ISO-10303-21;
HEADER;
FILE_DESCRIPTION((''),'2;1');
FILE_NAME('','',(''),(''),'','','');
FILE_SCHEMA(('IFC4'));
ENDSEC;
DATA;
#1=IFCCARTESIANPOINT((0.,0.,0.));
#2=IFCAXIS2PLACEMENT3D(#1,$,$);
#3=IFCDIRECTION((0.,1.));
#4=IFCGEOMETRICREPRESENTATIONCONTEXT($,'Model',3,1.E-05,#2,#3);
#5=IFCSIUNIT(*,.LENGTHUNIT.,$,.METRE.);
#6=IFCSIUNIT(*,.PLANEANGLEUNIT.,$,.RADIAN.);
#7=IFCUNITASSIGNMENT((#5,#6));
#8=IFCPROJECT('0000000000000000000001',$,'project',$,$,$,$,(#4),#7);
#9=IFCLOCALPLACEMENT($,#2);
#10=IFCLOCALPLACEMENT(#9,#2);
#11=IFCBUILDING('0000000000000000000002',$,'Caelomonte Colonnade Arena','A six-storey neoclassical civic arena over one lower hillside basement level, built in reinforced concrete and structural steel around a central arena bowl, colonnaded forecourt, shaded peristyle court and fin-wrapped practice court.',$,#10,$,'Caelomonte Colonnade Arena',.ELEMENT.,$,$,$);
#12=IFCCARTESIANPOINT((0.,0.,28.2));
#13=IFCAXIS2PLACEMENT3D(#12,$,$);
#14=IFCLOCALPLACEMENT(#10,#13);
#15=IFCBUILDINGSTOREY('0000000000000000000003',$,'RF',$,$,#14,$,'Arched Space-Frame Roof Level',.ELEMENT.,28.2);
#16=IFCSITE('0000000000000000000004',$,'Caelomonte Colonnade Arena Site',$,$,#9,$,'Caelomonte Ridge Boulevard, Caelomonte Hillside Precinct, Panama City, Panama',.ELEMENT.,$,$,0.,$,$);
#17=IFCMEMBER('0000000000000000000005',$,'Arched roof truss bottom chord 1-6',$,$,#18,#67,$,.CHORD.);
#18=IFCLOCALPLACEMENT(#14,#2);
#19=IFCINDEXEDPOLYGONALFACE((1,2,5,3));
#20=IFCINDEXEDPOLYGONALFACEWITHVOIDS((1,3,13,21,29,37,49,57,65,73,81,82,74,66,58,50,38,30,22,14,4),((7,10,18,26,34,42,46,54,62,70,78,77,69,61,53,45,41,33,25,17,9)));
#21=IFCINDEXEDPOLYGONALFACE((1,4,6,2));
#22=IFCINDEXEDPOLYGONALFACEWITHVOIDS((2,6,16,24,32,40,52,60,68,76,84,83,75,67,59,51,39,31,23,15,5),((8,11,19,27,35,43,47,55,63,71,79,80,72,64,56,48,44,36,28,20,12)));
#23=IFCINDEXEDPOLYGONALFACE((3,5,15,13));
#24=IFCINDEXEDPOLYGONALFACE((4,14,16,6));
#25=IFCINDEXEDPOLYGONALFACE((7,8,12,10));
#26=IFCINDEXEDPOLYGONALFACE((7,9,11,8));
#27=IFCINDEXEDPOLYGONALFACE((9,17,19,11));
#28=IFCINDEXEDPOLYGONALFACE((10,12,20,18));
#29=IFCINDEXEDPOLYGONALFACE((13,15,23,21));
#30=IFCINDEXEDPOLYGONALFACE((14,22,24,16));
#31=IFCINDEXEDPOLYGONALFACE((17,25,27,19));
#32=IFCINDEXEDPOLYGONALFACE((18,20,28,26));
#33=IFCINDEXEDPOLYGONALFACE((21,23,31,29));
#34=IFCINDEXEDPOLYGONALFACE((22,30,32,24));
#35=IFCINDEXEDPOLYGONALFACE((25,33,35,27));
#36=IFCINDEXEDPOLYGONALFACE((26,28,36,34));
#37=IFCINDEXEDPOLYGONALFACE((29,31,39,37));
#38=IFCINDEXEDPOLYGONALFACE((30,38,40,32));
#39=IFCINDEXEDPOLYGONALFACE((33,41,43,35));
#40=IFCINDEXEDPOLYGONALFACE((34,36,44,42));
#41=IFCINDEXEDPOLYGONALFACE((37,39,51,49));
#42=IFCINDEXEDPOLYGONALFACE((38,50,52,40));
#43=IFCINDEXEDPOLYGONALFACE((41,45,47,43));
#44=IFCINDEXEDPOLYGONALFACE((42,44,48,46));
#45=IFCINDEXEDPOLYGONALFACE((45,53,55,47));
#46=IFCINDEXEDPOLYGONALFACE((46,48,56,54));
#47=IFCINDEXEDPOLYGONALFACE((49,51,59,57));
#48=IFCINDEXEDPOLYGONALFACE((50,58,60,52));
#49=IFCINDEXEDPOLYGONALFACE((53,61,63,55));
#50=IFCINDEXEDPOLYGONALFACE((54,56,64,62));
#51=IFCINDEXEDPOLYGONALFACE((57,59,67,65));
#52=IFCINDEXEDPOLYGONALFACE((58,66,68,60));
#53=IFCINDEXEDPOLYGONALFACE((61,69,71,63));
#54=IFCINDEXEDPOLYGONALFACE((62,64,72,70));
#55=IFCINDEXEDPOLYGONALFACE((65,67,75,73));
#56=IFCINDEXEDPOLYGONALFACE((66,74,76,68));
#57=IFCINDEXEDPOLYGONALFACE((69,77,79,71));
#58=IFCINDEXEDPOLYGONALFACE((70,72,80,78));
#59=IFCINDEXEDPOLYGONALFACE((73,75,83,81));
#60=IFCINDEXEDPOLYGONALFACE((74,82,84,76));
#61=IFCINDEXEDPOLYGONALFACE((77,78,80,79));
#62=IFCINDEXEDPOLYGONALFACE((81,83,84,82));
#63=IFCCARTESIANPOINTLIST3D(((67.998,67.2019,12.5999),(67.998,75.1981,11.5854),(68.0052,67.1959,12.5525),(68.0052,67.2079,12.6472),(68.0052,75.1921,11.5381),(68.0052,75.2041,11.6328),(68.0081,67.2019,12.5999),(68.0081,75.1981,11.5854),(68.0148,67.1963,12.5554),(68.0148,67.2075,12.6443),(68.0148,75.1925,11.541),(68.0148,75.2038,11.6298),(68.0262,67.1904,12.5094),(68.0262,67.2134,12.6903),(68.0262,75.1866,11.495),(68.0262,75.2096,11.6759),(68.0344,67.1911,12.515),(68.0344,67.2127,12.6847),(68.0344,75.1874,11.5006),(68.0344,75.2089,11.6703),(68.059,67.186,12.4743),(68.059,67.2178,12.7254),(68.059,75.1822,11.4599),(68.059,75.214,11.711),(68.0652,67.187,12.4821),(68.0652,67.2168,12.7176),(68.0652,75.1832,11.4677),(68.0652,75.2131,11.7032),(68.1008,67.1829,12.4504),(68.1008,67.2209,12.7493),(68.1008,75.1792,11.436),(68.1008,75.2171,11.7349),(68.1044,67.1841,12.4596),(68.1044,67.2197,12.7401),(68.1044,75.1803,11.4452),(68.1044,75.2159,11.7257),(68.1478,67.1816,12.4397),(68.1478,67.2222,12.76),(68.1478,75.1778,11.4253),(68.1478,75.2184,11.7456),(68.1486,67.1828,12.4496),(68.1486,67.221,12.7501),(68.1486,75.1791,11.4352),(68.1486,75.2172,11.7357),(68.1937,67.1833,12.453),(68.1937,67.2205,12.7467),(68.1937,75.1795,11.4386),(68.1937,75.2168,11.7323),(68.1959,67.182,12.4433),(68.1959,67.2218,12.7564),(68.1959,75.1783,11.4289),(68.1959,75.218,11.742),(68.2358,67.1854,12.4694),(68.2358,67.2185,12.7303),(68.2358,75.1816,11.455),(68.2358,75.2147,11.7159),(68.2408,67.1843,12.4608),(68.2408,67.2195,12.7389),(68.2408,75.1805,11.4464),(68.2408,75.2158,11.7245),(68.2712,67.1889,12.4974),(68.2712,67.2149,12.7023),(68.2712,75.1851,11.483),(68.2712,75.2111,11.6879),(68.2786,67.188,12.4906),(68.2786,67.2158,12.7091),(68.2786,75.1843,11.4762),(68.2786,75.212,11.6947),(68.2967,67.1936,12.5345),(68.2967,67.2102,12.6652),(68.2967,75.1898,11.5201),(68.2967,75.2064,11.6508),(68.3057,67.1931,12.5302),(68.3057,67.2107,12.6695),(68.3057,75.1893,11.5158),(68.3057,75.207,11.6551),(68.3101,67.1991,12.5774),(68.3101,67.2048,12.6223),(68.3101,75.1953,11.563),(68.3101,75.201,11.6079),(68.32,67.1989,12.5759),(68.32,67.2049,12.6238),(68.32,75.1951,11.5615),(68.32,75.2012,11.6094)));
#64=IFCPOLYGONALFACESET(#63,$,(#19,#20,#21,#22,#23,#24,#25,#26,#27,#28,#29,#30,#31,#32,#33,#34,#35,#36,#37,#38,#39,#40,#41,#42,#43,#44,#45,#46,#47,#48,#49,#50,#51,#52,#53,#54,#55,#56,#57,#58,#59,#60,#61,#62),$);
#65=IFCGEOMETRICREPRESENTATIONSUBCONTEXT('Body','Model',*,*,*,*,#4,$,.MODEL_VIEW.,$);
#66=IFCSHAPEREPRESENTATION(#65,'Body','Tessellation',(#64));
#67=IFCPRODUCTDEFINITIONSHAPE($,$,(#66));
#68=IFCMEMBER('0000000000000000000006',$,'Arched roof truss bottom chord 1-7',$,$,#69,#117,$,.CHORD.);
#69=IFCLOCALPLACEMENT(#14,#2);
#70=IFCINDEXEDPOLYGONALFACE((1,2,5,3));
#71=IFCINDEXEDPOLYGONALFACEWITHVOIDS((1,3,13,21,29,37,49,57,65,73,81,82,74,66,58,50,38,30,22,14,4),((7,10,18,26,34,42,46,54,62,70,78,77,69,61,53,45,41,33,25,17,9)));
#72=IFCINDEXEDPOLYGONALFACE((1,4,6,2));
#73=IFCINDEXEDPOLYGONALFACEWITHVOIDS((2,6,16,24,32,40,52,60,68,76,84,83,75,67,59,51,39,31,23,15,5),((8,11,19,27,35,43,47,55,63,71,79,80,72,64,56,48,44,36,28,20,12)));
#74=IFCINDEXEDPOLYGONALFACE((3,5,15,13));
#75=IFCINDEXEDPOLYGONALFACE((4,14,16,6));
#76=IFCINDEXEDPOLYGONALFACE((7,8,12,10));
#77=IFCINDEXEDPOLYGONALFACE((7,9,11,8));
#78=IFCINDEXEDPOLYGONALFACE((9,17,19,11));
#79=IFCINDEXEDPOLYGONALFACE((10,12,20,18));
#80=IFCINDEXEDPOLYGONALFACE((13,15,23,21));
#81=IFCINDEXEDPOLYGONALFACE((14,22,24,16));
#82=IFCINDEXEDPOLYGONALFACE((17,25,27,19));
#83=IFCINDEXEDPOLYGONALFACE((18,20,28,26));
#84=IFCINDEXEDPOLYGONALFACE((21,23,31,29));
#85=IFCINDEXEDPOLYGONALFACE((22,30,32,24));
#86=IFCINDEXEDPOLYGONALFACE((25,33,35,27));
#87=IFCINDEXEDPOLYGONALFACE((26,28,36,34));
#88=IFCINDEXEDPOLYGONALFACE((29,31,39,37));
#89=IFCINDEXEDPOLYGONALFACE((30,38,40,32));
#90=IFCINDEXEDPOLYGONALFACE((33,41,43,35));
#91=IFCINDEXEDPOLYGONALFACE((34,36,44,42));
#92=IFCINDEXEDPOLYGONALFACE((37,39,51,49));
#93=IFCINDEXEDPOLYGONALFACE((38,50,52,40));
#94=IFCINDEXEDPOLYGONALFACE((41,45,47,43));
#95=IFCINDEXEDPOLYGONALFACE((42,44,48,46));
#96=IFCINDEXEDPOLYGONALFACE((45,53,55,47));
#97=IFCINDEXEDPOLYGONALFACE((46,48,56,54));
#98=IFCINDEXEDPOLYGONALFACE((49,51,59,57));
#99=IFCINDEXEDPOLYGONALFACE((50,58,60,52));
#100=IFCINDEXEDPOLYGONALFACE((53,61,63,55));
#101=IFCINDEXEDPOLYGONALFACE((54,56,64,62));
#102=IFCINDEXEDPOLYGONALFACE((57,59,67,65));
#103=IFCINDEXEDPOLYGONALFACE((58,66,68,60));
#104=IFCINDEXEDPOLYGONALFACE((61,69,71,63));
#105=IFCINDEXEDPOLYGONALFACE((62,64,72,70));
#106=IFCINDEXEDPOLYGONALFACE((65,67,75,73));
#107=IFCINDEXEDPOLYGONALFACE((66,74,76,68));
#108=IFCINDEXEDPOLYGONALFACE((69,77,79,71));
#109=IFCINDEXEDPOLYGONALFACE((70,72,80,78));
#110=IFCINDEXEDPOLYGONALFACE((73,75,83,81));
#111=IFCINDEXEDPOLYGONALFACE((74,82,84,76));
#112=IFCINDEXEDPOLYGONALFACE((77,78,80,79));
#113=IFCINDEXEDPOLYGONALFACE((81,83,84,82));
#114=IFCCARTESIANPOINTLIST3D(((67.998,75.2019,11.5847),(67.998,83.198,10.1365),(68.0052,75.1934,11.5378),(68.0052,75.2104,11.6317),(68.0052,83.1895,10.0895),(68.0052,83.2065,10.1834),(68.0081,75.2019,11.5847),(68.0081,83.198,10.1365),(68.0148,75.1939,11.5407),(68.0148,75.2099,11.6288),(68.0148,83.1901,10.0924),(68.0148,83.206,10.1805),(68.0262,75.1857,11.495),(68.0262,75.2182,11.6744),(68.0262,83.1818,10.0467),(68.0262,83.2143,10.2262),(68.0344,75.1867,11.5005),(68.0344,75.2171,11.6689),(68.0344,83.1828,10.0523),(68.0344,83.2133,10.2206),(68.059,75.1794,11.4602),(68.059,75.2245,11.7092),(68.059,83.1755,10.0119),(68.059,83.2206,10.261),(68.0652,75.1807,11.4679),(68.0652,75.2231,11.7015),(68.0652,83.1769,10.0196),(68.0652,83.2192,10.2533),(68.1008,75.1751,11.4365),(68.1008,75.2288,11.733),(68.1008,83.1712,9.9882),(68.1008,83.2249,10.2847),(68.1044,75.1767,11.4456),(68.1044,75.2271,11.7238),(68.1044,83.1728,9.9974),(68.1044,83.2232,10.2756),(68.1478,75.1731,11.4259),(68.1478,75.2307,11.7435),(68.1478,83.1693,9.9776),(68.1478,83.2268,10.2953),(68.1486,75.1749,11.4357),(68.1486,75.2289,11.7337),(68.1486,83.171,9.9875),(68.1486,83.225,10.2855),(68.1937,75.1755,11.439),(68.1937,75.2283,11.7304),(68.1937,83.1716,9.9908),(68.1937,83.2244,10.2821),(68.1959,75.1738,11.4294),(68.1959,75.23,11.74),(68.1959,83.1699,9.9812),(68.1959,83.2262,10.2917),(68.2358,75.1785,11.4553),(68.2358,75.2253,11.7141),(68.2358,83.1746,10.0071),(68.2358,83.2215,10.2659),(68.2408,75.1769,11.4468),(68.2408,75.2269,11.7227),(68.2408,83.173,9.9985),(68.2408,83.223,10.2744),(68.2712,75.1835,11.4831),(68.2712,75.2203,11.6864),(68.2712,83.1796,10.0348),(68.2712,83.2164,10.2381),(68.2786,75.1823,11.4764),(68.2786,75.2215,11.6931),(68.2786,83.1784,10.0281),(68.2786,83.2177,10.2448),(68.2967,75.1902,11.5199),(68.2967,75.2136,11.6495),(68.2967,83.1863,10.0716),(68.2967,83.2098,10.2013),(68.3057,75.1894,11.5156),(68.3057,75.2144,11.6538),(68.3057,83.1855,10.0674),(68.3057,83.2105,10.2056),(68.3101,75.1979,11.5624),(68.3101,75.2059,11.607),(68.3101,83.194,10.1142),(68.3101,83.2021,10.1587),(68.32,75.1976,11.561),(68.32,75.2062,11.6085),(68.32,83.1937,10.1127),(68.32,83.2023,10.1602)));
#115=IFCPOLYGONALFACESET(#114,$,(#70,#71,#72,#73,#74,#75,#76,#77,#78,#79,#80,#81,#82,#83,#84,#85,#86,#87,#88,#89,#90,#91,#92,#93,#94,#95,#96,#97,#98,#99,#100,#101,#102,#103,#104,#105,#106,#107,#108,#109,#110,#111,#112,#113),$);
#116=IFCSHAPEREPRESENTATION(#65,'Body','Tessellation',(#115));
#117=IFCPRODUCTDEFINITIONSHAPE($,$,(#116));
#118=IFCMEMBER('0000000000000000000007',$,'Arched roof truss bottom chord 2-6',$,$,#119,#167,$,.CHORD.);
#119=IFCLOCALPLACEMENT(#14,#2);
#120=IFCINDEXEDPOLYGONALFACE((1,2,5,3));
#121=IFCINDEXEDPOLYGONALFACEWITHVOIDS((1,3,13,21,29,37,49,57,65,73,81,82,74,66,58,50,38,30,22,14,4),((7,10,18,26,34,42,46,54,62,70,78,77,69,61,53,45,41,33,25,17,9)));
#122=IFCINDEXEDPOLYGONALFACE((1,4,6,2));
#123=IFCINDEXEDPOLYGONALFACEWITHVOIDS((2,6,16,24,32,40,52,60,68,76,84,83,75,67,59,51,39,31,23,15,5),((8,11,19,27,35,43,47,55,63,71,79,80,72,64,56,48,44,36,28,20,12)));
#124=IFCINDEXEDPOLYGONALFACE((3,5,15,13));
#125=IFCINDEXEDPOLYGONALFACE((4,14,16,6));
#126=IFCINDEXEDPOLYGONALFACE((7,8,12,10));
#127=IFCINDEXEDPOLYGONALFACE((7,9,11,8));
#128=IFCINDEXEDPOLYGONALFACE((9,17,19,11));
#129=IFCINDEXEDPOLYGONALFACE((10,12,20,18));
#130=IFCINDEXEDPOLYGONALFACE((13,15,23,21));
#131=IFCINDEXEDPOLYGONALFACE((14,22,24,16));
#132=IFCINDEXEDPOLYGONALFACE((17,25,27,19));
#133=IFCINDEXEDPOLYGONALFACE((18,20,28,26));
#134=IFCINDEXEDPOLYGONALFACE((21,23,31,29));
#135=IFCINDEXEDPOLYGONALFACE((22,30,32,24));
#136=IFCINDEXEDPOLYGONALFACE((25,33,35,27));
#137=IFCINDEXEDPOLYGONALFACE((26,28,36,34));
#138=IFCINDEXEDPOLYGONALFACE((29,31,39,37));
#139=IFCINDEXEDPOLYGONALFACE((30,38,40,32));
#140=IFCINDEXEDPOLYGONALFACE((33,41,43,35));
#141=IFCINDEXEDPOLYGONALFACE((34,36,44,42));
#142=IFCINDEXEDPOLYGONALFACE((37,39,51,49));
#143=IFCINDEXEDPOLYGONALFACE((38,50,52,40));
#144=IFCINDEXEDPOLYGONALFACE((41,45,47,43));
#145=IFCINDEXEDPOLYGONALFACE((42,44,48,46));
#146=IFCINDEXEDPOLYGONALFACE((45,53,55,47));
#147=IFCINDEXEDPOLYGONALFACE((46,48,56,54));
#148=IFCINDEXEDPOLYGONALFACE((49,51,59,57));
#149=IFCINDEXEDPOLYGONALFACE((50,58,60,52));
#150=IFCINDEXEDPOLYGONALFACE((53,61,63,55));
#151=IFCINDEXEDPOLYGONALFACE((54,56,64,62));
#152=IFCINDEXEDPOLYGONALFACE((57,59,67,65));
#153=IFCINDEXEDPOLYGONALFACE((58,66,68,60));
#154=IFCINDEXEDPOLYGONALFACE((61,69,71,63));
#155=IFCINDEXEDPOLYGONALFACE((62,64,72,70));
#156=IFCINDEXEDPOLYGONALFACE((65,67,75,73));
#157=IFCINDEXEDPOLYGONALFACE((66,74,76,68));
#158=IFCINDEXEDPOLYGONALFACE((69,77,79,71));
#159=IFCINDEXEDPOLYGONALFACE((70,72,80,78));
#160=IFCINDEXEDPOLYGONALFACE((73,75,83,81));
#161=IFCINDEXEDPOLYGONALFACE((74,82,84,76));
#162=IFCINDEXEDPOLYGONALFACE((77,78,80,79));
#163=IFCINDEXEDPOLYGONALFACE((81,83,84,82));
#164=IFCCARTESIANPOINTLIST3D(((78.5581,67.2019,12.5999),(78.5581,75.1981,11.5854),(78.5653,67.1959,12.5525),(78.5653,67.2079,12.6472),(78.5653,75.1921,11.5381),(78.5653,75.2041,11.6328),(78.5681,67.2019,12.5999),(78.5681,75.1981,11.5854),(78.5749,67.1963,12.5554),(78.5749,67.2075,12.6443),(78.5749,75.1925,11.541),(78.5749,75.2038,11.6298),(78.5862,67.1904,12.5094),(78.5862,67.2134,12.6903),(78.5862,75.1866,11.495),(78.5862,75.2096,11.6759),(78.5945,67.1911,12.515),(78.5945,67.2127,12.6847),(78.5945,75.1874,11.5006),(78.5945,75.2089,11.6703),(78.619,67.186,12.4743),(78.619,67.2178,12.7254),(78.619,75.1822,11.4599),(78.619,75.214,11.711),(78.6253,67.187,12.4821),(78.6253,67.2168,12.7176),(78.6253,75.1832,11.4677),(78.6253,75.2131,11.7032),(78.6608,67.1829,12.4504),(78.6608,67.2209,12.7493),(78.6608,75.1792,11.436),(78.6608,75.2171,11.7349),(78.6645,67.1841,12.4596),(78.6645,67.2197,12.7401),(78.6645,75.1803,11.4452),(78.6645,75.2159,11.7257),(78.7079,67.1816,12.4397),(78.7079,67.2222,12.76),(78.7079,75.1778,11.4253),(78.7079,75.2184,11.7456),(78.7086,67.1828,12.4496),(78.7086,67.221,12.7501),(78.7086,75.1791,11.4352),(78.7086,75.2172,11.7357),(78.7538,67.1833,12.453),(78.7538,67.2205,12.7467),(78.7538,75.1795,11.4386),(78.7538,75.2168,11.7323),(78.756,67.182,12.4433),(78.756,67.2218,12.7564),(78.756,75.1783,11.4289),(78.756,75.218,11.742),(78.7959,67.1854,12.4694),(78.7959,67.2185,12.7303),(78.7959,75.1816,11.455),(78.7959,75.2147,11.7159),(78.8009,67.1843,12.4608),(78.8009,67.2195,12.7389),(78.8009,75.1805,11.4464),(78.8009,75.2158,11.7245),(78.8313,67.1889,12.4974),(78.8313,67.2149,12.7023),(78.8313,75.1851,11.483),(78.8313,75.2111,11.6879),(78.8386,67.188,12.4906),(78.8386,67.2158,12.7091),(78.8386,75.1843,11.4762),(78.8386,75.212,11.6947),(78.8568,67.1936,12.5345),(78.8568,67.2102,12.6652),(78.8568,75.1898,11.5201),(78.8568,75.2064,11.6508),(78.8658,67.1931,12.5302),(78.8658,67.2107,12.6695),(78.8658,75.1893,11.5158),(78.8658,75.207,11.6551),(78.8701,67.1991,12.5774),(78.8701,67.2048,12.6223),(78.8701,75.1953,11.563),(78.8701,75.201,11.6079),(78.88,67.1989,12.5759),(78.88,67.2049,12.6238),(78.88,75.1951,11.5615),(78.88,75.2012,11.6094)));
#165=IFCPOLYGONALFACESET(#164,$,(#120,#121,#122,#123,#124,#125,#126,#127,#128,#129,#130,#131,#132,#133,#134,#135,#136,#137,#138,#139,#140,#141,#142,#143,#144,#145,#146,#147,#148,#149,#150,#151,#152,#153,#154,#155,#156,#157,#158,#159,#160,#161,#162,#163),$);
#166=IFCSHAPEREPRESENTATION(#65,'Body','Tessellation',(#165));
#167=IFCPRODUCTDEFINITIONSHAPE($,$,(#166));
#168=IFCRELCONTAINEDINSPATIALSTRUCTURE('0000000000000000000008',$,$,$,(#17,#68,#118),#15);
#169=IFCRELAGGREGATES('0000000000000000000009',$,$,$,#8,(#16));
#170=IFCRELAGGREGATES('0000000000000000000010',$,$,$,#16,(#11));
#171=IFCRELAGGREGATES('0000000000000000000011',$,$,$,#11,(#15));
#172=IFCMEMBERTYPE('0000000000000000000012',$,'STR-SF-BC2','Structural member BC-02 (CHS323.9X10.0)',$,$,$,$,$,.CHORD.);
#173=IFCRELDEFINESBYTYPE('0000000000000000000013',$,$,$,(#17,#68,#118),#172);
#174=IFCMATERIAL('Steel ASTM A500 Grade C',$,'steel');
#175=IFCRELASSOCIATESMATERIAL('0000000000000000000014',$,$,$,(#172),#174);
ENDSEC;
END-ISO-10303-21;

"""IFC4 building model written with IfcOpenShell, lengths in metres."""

from ifc_helpers import new_model, si_unit, direction, frame, origin, origin_2d, place, context, subcontext, project, spatial, hollow_circle, extrude, material, material_profile, profile_set, type_object, element, save


model = new_model("IFC4")

# Units and contexts
model_context = context("Model", 3, precision=1e-05, world=origin(), true_north=direction((0.0, 1.0)))
body_context = subcontext(model_context, "Body", "Model", "MODEL_VIEW")
ifc_project = project(units=[si_unit("LENGTHUNIT", "METRE"), si_unit("PLANEANGLEUNIT", "RADIAN")], contexts=[model_context])

# Site, building, storey
site_placement = place(None, origin())
site = spatial("IfcSite", under=ifc_project, at=site_placement, Name="Caelomonte Colonnade Arena Site", LongName="Caelomonte Ridge Boulevard, Caelomonte Hillside Precinct, Panama City, Panama", CompositionType="ELEMENT", RefElevation=0.0)
building_placement = place(site_placement, origin())
building = spatial("IfcBuilding", under=site, at=building_placement, Name="Caelomonte Colonnade Arena", Description="A six-storey neoclassical civic arena over one lower hillside basement level, built in reinforced concrete and structural steel around a central arena bowl, colonnaded forecourt, shaded peristyle court and fin-wrapped practice court.", LongName="Caelomonte Colonnade Arena", CompositionType="ELEMENT")
storey_placement = place(building_placement, frame((0.0, 0.0, 28.2)))
storey = spatial("IfcBuildingStorey", under=building, at=storey_placement, Name="RF", LongName="Arched Space-Frame Roof Level", CompositionType="ELEMENT", Elevation=28.2)

# Members
ifc_material_1 = material(Name="Steel ASTM A500 Grade C", Category="steel")
ifc_material_profile_1 = material_profile(ifc_material_1, hollow_circle(Radius=0.1619, WallThickness=0.01, at=origin_2d()), Name="CHS323.9X10.0")
ifc_profile_set_1 = profile_set([ifc_material_profile_1], Name="Steel ASTM A500 Grade C")
member_type_1 = type_object("IfcMemberType", Name="STR-SF-BC2", Description="Structural member BC-02 (CHS323.9X10.0)", PredefinedType="CHORD", material=ifc_profile_set_1)
member_1_placement = place(storey_placement, frame((68.1599, 67.2019, 12.5999), z_axis=(0.0, 0.992049, -0.125854), x_axis=(-1.0, 0.0, 0.0)))
element("IfcMember", 1, at=member_1_placement, inside=storey, type_object=member_type_1, Name="Arched roof truss bottom chord 1-6", PredefinedType="CHORD", context=body_context, shape_type="SweptSolid", body=[
    extrude(hollow_circle(Radius=0.1619, WallThickness=0.01, at=origin_2d()), origin(), (0.0, 0.0, 1.0), 8.0603),
])
member_2_placement = place(storey_placement, frame((68.1599, 75.2019, 11.5847), z_axis=(0.0, 0.983991, -0.178219), x_axis=(-1.0, 0.0, 0.0)))
element("IfcMember", 2, at=member_2_placement, inside=storey, type_object=member_type_1, Name="Arched roof truss bottom chord 1-7", PredefinedType="CHORD", context=body_context, shape_type="SweptSolid", body=[
    extrude(hollow_circle(Radius=0.1619, WallThickness=0.01, at=origin_2d()), origin(), (0.0, 0.0, 1.0), 8.1262),
])
member_3_placement = place(storey_placement, frame((78.72, 67.2019, 12.5999), z_axis=(0.0, 0.992049, -0.125854), x_axis=(-1.0, 0.0, 0.0)))
element("IfcMember", 3, at=member_3_placement, inside=storey, type_object=member_type_1, Name="Arched roof truss bottom chord 2-6", PredefinedType="CHORD", context=body_context, shape_type="SweptSolid", body=[
    extrude(hollow_circle(Radius=0.1619, WallThickness=0.01, at=origin_2d()), origin(), (0.0, 0.0, 1.0), 8.0603),
])

save(model, "model.ifc")
